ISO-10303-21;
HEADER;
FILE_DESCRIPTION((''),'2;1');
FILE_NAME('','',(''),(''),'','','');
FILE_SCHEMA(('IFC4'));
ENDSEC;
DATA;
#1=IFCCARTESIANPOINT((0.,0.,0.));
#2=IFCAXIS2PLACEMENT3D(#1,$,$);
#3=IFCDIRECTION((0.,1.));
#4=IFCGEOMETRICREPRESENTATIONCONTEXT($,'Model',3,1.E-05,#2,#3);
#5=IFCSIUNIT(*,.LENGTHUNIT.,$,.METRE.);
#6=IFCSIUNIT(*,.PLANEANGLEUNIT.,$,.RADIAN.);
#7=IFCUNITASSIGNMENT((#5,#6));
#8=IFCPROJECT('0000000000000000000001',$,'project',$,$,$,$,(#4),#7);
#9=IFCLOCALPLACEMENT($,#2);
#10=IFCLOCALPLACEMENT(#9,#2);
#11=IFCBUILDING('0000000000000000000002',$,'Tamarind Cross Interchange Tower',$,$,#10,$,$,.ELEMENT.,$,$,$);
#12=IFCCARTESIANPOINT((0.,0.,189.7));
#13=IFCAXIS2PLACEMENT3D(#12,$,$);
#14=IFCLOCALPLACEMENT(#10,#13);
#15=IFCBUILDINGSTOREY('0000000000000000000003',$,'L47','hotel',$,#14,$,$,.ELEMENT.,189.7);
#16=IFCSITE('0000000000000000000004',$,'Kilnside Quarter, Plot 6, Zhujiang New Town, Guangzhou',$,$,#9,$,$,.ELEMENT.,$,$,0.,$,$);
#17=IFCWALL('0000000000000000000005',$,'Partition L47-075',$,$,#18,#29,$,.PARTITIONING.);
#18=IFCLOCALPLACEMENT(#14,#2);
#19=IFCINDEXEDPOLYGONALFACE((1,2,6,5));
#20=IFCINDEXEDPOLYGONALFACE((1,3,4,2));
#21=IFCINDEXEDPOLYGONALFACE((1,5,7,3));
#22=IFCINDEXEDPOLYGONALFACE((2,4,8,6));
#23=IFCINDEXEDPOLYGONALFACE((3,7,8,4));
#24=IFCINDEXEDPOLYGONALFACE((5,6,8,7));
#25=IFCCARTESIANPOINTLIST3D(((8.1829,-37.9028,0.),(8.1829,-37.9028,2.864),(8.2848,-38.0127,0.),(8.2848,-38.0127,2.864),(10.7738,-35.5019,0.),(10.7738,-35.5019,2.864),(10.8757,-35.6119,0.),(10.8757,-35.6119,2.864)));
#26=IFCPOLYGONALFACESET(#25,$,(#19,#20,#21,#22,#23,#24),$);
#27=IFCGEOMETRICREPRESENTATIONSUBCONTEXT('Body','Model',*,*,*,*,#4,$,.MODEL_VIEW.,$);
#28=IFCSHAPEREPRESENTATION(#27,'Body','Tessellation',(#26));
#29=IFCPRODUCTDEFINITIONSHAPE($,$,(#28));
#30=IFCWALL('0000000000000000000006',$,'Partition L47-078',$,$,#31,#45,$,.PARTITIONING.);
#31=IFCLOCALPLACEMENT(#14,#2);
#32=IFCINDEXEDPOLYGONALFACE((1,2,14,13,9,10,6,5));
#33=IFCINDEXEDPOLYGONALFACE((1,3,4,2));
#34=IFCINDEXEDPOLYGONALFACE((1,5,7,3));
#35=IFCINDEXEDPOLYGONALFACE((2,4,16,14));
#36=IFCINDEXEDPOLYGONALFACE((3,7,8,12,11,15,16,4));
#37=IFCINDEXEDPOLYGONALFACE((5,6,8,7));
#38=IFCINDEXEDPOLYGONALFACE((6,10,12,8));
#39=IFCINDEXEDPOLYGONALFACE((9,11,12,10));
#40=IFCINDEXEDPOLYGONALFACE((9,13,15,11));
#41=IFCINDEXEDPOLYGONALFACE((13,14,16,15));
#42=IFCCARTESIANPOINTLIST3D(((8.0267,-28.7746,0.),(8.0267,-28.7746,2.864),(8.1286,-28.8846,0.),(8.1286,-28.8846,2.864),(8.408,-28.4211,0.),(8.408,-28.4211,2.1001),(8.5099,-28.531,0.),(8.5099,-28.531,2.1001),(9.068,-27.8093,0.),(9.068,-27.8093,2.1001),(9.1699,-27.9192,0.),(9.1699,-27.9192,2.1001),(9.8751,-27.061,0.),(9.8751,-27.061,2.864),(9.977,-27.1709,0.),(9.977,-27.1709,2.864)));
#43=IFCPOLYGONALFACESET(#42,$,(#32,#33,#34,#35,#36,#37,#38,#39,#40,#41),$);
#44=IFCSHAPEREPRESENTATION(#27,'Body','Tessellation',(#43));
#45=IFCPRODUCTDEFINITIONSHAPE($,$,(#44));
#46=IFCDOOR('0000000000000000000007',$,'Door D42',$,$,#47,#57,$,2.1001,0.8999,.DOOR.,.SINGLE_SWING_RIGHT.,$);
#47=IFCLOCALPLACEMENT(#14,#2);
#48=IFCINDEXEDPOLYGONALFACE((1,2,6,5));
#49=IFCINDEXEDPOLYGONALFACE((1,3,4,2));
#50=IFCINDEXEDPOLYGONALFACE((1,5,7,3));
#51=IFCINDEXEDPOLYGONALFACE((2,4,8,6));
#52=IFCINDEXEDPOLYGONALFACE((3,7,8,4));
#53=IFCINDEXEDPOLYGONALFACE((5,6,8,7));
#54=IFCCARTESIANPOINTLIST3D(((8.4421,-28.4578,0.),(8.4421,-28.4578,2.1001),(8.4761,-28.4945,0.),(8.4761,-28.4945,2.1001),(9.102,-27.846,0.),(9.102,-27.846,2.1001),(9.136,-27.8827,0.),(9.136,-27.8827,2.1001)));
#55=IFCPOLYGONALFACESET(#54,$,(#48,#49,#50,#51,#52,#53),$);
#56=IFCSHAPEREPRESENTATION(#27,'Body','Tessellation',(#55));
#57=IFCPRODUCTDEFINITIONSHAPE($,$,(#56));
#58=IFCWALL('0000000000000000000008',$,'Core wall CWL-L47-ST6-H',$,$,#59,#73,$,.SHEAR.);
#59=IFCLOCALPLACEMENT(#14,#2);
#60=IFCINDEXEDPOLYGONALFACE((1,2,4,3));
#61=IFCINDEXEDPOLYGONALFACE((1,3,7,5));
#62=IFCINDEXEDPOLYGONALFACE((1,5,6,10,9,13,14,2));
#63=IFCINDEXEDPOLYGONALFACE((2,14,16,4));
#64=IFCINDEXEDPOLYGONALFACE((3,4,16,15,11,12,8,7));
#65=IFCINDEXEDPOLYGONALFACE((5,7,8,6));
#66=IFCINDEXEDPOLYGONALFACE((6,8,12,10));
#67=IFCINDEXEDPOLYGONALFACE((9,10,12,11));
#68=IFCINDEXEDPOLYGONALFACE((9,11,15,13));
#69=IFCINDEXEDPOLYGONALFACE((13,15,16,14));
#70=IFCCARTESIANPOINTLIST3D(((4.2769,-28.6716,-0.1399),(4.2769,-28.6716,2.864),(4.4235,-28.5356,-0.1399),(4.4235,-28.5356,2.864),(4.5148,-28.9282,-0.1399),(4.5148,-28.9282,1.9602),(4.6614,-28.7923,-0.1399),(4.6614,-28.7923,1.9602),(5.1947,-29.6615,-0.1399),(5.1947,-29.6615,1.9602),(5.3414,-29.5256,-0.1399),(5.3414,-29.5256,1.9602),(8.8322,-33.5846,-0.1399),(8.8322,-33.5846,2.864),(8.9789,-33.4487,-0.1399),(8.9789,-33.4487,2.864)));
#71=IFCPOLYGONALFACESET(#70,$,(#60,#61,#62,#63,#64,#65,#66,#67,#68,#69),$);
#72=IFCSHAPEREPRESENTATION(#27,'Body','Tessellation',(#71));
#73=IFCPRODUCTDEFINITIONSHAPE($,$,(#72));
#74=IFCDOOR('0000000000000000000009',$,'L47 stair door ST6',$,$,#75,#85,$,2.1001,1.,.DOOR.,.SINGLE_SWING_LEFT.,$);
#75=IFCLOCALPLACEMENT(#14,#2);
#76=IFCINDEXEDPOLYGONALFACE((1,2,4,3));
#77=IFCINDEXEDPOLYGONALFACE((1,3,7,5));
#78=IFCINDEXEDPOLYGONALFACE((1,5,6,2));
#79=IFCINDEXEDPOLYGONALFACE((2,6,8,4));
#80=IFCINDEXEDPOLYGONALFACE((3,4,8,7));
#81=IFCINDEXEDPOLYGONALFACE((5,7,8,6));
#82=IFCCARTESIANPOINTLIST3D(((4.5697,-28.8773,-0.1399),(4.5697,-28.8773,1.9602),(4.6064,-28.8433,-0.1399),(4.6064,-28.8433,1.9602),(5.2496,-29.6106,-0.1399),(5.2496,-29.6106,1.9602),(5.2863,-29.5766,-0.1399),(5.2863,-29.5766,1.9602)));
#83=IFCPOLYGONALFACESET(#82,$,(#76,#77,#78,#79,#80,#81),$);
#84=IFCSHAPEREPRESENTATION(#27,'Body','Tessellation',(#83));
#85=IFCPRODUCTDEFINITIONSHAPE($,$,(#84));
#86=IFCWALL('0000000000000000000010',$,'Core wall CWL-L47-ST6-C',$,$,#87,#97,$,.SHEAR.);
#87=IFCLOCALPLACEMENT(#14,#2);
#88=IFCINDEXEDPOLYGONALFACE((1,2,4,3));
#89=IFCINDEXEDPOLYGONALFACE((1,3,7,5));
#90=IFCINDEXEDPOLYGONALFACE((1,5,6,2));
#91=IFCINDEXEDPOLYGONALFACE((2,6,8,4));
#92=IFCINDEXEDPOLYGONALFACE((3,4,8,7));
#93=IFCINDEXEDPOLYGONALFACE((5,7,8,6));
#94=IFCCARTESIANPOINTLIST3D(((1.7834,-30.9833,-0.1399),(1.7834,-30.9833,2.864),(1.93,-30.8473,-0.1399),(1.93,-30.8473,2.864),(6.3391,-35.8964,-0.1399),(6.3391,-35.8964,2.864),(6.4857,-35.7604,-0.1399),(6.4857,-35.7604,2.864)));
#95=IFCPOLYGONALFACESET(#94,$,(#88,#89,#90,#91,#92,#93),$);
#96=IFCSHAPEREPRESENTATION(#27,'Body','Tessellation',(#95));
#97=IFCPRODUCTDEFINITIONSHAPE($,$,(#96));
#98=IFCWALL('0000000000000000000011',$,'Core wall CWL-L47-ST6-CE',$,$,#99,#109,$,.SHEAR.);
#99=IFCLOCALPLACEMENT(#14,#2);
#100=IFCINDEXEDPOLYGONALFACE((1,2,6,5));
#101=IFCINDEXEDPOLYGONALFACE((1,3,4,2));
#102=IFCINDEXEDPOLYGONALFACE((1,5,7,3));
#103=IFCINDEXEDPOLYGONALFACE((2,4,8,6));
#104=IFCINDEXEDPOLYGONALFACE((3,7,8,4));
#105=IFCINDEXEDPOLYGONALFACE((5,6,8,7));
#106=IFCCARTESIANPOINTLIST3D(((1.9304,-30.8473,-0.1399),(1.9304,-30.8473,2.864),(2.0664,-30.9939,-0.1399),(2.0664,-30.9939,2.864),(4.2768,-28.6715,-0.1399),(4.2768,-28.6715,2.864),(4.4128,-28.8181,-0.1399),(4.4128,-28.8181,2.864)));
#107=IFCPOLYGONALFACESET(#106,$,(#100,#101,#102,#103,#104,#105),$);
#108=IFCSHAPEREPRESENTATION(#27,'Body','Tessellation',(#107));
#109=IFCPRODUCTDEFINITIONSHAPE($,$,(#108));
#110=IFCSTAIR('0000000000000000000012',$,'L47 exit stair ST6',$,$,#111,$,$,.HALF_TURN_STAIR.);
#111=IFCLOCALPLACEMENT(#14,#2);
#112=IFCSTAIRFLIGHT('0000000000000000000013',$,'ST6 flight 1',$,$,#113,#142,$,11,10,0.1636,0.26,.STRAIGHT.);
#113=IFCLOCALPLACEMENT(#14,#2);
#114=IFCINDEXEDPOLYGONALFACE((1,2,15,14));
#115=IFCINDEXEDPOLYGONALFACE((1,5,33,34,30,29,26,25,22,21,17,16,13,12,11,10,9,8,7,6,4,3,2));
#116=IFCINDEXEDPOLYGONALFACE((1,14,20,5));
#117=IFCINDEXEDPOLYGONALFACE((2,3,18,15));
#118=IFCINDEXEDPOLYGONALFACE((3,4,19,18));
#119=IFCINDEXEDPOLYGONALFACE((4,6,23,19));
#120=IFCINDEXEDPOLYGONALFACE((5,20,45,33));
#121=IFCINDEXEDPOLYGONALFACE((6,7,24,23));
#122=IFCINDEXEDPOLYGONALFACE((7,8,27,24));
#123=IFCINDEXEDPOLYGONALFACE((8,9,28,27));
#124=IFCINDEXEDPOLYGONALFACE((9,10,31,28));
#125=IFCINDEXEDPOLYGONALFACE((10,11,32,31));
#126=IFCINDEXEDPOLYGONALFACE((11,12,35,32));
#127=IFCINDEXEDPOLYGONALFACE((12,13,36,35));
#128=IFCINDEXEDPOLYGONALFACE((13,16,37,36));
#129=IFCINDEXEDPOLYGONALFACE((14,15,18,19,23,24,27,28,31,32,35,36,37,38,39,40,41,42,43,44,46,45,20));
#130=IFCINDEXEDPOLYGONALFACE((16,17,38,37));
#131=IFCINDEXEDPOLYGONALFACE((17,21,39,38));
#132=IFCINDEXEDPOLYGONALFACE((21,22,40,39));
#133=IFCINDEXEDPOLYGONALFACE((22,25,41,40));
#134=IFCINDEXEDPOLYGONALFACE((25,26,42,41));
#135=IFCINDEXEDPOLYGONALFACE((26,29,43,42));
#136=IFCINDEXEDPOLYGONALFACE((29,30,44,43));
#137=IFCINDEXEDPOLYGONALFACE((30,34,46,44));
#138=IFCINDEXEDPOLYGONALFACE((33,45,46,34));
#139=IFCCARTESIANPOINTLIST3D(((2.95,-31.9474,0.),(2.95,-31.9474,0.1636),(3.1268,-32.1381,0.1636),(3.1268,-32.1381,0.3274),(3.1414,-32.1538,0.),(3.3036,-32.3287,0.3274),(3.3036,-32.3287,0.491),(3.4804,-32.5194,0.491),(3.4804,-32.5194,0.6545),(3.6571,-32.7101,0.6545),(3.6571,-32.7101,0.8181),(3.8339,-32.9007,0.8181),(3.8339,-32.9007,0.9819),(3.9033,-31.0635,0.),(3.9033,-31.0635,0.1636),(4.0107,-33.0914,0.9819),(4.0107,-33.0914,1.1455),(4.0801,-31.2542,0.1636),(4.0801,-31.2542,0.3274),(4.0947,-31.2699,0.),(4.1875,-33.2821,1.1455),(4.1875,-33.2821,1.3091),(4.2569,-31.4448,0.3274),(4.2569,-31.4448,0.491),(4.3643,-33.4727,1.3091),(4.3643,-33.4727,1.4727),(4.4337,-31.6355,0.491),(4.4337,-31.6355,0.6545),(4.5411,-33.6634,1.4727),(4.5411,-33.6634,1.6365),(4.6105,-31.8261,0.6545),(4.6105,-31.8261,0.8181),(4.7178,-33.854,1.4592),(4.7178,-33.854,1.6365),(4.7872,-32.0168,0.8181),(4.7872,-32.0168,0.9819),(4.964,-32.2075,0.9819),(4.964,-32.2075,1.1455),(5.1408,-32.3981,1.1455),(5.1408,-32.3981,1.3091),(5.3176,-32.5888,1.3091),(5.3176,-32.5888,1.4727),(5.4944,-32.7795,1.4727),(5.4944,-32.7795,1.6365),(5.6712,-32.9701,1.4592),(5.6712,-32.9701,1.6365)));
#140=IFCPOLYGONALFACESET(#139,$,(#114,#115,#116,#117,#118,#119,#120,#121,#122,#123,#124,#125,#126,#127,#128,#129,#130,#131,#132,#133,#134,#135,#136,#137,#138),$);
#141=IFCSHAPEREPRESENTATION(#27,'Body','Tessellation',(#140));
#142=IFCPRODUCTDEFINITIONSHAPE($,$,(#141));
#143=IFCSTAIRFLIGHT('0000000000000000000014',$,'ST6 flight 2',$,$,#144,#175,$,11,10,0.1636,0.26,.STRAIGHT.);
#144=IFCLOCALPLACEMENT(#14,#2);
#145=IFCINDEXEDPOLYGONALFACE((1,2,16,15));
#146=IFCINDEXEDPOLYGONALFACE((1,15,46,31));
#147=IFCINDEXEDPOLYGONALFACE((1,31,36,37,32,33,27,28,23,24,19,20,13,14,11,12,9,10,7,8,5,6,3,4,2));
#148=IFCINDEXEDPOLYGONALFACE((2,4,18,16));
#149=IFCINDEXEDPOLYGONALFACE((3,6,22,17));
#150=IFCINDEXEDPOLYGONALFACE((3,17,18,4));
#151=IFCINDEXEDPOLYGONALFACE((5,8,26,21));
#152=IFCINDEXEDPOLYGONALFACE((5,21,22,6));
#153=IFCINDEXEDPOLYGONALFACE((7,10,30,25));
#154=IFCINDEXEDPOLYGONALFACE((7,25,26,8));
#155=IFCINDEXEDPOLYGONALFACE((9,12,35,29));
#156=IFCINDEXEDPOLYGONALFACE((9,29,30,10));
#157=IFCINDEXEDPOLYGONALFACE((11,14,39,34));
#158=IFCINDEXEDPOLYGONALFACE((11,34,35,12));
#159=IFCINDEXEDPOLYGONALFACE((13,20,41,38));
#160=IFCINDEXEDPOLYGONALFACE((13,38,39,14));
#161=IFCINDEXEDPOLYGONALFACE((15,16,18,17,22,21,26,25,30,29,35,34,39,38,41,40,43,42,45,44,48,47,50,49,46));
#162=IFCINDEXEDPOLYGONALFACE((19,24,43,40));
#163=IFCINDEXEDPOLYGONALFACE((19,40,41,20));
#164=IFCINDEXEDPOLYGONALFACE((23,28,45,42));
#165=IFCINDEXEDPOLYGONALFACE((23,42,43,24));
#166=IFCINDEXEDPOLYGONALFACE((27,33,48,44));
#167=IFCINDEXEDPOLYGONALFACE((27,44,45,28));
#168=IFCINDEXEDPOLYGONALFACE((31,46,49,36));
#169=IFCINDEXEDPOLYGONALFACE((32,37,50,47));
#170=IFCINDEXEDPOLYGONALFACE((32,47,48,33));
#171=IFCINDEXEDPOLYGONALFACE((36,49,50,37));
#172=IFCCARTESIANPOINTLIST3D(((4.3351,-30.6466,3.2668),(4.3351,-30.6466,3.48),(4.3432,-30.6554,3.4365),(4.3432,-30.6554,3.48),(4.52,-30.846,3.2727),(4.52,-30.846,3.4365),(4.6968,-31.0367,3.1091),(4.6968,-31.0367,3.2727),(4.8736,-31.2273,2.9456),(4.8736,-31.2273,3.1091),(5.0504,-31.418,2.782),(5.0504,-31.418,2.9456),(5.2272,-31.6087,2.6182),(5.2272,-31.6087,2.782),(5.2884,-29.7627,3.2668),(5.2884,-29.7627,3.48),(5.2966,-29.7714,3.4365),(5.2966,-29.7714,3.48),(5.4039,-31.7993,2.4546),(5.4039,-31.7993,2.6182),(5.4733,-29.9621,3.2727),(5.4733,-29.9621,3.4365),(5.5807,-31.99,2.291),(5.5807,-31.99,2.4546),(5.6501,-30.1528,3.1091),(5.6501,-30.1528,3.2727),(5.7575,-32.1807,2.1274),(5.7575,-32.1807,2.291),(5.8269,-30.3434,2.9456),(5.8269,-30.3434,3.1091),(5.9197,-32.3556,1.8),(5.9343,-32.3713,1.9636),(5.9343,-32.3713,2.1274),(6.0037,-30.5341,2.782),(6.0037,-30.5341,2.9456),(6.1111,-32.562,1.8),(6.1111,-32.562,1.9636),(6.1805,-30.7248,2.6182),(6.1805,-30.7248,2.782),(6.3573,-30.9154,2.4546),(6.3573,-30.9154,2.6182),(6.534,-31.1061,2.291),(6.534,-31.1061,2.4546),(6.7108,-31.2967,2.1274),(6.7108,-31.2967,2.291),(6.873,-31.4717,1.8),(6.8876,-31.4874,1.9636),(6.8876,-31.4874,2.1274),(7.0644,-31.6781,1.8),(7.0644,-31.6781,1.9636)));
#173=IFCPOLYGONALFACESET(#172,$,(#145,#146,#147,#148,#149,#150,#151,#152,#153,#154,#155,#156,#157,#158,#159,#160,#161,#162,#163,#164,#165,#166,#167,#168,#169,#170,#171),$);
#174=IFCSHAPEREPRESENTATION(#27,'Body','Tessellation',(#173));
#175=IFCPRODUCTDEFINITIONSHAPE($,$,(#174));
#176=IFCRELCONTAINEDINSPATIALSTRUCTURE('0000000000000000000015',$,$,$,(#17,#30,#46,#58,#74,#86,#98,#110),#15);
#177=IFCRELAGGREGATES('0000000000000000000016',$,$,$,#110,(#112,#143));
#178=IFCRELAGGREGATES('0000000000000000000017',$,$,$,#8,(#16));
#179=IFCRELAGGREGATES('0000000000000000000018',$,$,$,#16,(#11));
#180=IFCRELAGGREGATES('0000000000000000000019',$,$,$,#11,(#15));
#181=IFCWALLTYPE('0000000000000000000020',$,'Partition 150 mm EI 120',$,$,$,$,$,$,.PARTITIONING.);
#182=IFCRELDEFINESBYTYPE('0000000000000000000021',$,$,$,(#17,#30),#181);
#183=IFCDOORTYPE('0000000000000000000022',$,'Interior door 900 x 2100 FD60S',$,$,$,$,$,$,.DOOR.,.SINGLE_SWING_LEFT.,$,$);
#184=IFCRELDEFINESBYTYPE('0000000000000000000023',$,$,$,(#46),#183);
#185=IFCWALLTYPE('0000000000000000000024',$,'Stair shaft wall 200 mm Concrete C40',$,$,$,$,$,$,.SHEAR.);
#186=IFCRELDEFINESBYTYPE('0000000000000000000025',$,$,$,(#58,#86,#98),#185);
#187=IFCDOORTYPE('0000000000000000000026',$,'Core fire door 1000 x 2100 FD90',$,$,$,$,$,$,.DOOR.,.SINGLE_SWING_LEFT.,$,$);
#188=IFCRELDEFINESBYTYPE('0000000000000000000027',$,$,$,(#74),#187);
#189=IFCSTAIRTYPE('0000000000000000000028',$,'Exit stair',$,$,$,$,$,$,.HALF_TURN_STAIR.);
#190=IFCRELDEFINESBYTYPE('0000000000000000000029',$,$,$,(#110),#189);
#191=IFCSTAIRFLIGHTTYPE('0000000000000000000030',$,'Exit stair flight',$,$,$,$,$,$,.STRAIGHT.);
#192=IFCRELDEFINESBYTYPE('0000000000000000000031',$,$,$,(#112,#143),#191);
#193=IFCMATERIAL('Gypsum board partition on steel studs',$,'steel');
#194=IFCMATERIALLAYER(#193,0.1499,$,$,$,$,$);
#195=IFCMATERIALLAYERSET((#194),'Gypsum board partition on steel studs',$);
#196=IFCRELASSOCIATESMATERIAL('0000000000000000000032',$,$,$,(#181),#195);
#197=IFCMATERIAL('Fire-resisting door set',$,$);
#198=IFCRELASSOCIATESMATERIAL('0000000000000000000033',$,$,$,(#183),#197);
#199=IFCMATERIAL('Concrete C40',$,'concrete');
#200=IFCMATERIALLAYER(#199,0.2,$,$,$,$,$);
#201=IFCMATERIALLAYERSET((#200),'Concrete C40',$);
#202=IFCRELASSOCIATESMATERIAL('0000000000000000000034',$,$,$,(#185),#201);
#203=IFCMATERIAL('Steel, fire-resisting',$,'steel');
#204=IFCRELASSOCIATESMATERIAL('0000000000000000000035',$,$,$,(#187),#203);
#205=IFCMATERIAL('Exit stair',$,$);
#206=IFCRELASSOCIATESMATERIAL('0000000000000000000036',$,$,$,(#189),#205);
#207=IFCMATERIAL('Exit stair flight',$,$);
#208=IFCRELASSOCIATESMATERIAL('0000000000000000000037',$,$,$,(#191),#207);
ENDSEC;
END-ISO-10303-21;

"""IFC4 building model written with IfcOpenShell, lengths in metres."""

from ifc_helpers import new_model, si_unit, direction, frame, frame_2d, origin, place, context, subcontext, project, spatial, polyline, rectangle, outline, extrude, material, layer, layer_set, type_object, element, fill, aggregate, save


model = new_model("IFC4")

# Units and contexts
model_context = context("Model", 3, precision=1e-05, world=origin(), true_north=direction((0.0, 1.0)))
body_context = subcontext(model_context, "Body", "Model", "MODEL_VIEW")
ifc_project = project(units=[si_unit("LENGTHUNIT", "METRE"), si_unit("PLANEANGLEUNIT", "RADIAN")], contexts=[model_context])

# Site, building, storey
site_placement = place(None, origin())
site = spatial("IfcSite", under=ifc_project, at=site_placement, Name="Kilnside Quarter, Plot 6, Zhujiang New Town, Guangzhou", CompositionType="ELEMENT", RefElevation=0.0)
building_placement = place(site_placement, origin())
building = spatial("IfcBuilding", under=site, at=building_placement, Name="Tamarind Cross Interchange Tower", CompositionType="ELEMENT")
storey_placement = place(building_placement, frame((0.0, 0.0, 189.7)))
storey = spatial("IfcBuildingStorey", under=building, at=storey_placement, Name="L47", Description="hotel", CompositionType="ELEMENT", Elevation=189.7)

# Shared definitions
ifc_material_1 = material(Name="Concrete C40", Category="concrete")

# Shared definitions
ifc_material_2 = material(Name="Gypsum board partition on steel studs", Category="steel")
ifc_layer_1 = layer(ifc_material_2, 0.1499)
ifc_layer_set_1 = layer_set([ifc_layer_1], Name="Gypsum board partition on steel studs")
wall_type_1 = type_object("IfcWallType", Name="Partition 150 mm EI 120", PredefinedType="PARTITIONING", material=ifc_layer_set_1)
ifc_material_3 = material(Name="Fire-resisting door set")
door_type_1 = type_object("IfcDoorType", Name="Interior door 900 x 2100 FD60S", OperationType="SINGLE_SWING_LEFT", PredefinedType="DOOR", material=ifc_material_3)

# Wall
wall_1_placement = place(storey_placement, frame((8.2339, -37.9578, 0.0), z_axis=(0.0, 0.0, 1.0), x_axis=(0.733482, 0.679708, 0.0)))
element("IfcWall", 1, at=wall_1_placement, inside=storey, type_object=wall_type_1, Name="Partition L47-075", PredefinedType="PARTITIONING", context=body_context, shape_type="SweptSolid", body=[
    extrude(rectangle(XDim=3.5322, YDim=0.1499, at=frame_2d((1.7661, 0.0))), origin(), (0.0, 0.0, 1.0), 2.864),
])

# Walls, openings, doors
wall_2_placement = place(storey_placement, frame((8.0776, -28.8296, 0.0), z_axis=(0.0, 0.0, 1.0), x_axis=(0.733335, 0.679868, 0.0)))
wall_2 = element("IfcWall", 2, at=wall_2_placement, inside=storey, type_object=wall_type_1, Name="Partition L47-078", PredefinedType="PARTITIONING", context=body_context, shape_type="SweptSolid", body=[
    extrude(rectangle(XDim=2.5205, YDim=0.1499, at=frame_2d((1.2603, 0.0))), origin(), (0.0, 0.0, 1.0), 2.864),
])
opening_1_placement = place(wall_2_placement, frame((0.52, 0.0, 0.0)))
opening_1 = element("IfcOpeningElement", 3, at=opening_1_placement, cuts=wall_2, PredefinedType="OPENING", context=body_context, shape_type="SweptSolid", body=[
    extrude(rectangle(XDim=0.8999, YDim=2.1001, at=frame_2d((0.45, 1.05))), frame((0.0, 0.085, 0.0), z_axis=(0.0, -1.0, 0.0), x_axis=(1.0, 0.0, 0.0)), (0.0, 0.0, 1.0), 0.1699),
])
door_1_placement = place(opening_1_placement, origin())
door_1 = element("IfcDoor", 4, at=door_1_placement, inside=storey, type_object=door_type_1, Name="Door D42", OperationType="SINGLE_SWING_RIGHT", OverallHeight=2.1001, OverallWidth=0.8999, PredefinedType="DOOR", context=body_context, shape_type="SweptSolid", body=[
    extrude(rectangle(XDim=0.8999, YDim=2.1001, at=frame_2d((0.45, 1.05))), frame((0.0, 0.0249, 0.0), z_axis=(0.0, -1.0, 0.0), x_axis=(1.0, 0.0, 0.0)), (0.0, 0.0, 1.0), 0.05),
])
fill(opening_1, door_1)
ifc_layer_2 = layer(ifc_material_1, 0.2)
ifc_layer_set_2 = layer_set([ifc_layer_2], Name="Concrete C40")
wall_type_2 = type_object("IfcWallType", Name="Stair shaft wall 200 mm Concrete C40", PredefinedType="SHEAR", material=ifc_layer_set_2)
wall_3_placement = place(storey_placement, frame((4.3501, -28.6035, -0.1399), z_axis=(0.0, 0.0, 1.0), x_axis=(0.679911, -0.733294, 0.0)))
wall_3 = element("IfcWall", 5, at=wall_3_placement, inside=storey, type_object=wall_type_2, Name="Core wall CWL-L47-ST6-H", PredefinedType="SHEAR", context=body_context, shape_type="SweptSolid", body=[
    extrude(rectangle(XDim=6.7, YDim=0.2, at=frame_2d((3.3501, 0.0))), origin(), (0.0, 0.0, 1.0), 3.0039),
])
opening_2_placement = place(wall_3_placement, frame((0.3501, 0.0, 0.0)))
opening_2 = element("IfcOpeningElement", 6, at=opening_2_placement, cuts=wall_3, PredefinedType="OPENING", context=body_context, shape_type="SweptSolid", body=[
    extrude(rectangle(XDim=1.0, YDim=2.1001, at=frame_2d((0.5, 1.05))), frame((0.0, 0.1099, 0.0), z_axis=(0.0, -1.0, 0.0), x_axis=(1.0, 0.0, 0.0)), (0.0, 0.0, 1.0), 0.22),
])
ifc_material_4 = material(Name="Steel, fire-resisting", Category="steel")
door_type_2 = type_object("IfcDoorType", Name="Core fire door 1000 x 2100 FD90", OperationType="SINGLE_SWING_LEFT", PredefinedType="DOOR", material=ifc_material_4)
door_2_placement = place(opening_2_placement, origin())
door_2 = element("IfcDoor", 7, at=door_2_placement, inside=storey, type_object=door_type_2, Name="L47 stair door ST6", OperationType="SINGLE_SWING_LEFT", OverallHeight=2.1001, OverallWidth=1.0, PredefinedType="DOOR", context=body_context, shape_type="SweptSolid", body=[
    extrude(rectangle(XDim=1.0, YDim=2.1001, at=frame_2d((0.5, 1.05))), frame((0.0, 0.0249, 0.0), z_axis=(0.0, -1.0, 0.0), x_axis=(1.0, 0.0, 0.0)), (0.0, 0.0, 1.0), 0.05),
])
fill(opening_2, door_2)

# Walls
wall_4_placement = place(storey_placement, frame((1.8567, -30.9153, -0.1399), z_axis=(0.0, 0.0, 1.0), x_axis=(0.679931, -0.733276, 0.0)))
element("IfcWall", 8, at=wall_4_placement, inside=storey, type_object=wall_type_2, Name="Core wall CWL-L47-ST6-C", PredefinedType="SHEAR", context=body_context, shape_type="SweptSolid", body=[
    extrude(rectangle(XDim=6.7002, YDim=0.2, at=frame_2d((3.3501, 0.0))), origin(), (0.0, 0.0, 1.0), 3.0039),
])
wall_5_placement = place(storey_placement, frame((1.9983, -30.9207, -0.1399), z_axis=(0.0, 0.0, 1.0), x_axis=(0.733269, 0.679939, 0.0)))
element("IfcWall", 9, at=wall_5_placement, inside=storey, type_object=wall_type_2, Name="Core wall CWL-L47-ST6-CE", PredefinedType="SHEAR", context=body_context, shape_type="SweptSolid", body=[
    extrude(rectangle(XDim=3.2, YDim=0.2, at=frame_2d((1.6001, 0.0))), origin(), (0.0, 0.0, 1.0), 3.0039),
])

# Stair, stair flights
ifc_material_5 = material(Name="Exit stair")
stair_type = type_object("IfcStairType", Name="Exit stair", PredefinedType="HALF_TURN_STAIR", material=ifc_material_5)
stair_placement = place(storey_placement, origin())
stair = element("IfcStair", 10, at=stair_placement, inside=storey, type_object=stair_type, Name="L47 exit stair ST6", PredefinedType="HALF_TURN_STAIR")
ifc_material_6 = material(Name="Exit stair flight")
stair_flight_type = type_object("IfcStairFlightType", Name="Exit stair flight", PredefinedType="STRAIGHT", material=ifc_material_6)
stair_flight_1_placement = place(storey_placement, frame((3.4268, -31.5054, 0.0), z_axis=(0.0, 0.0, 1.0), x_axis=(0.679912, -0.733293, 0.0)))
stair_flight_1 = element("IfcStairFlight", 11, at=stair_flight_1_placement, type_object=stair_flight_type, Name="ST6 flight 1", NumberOfRisers=11, NumberOfTreads=10, PredefinedType="STRAIGHT", RiserHeight=0.1636, TreadLength=0.26, context=body_context, shape_type="SweptSolid", body=[
    extrude(outline(polyline([(0.0, 0.0), (0.0, 0.1636), (0.26, 0.1636), (0.26, 0.3274), (0.52, 0.3274), (0.52, 0.491), (0.78, 0.491), (0.78, 0.6545), (1.04, 0.6545), (1.04, 0.8181), (1.3, 0.8181), (1.3, 0.9819), (1.5601, 0.9819), (1.5601, 1.1455), (1.8201, 1.1455), (1.8201, 1.3091), (2.0801, 1.3091), (2.0801, 1.4727), (2.3401, 1.4727), (2.3401, 1.6365), (2.6001, 1.6365), (2.6001, 1.8), (2.6001, 1.4592), (0.2815, 0.0), (0.0, 0.0)])), frame((0.0, 0.6499, 0.0), z_axis=(0.0, -1.0, 0.0), x_axis=(1.0, 0.0, 0.0)), (0.0, 0.0, 1.0), 1.3),
])
stair_flight_2_placement = place(storey_placement, frame((6.5876, -32.1201, 1.8), z_axis=(0.0, 0.0, 1.0), x_axis=(-0.679912, 0.733293, 0.0)))
stair_flight_2 = element("IfcStairFlight", 12, at=stair_flight_2_placement, type_object=stair_flight_type, Name="ST6 flight 2", NumberOfRisers=11, NumberOfTreads=10, PredefinedType="STRAIGHT", RiserHeight=0.1636, TreadLength=0.26, context=body_context, shape_type="SweptSolid", body=[
    extrude(outline(polyline([(0.0, 0.0), (0.0, 0.1636), (0.26, 0.1636), (0.26, 0.3274), (0.52, 0.3274), (0.52, 0.491), (0.78, 0.491), (0.78, 0.6545), (1.04, 0.6545), (1.04, 0.8181), (1.3, 0.8181), (1.3, 0.9819), (1.5601, 0.9819), (1.5601, 1.1455), (1.8201, 1.1455), (1.8201, 1.3091), (2.0801, 1.3091), (2.0801, 1.4727), (2.3401, 1.4727), (2.3401, 1.6365), (2.6001, 1.6365), (2.6001, 1.6799), (2.6121, 1.6799), (2.6121, 1.4668), (0.2815, 0.0), (0.0, 0.0)])), frame((0.0, 0.6499, 0.0), z_axis=(0.0, -1.0, 0.0), x_axis=(1.0, 0.0, 0.0)), (0.0, 0.0, 1.0), 1.3),
])
aggregate(stair, [stair_flight_1, stair_flight_2])

save(model, "model.ifc")
